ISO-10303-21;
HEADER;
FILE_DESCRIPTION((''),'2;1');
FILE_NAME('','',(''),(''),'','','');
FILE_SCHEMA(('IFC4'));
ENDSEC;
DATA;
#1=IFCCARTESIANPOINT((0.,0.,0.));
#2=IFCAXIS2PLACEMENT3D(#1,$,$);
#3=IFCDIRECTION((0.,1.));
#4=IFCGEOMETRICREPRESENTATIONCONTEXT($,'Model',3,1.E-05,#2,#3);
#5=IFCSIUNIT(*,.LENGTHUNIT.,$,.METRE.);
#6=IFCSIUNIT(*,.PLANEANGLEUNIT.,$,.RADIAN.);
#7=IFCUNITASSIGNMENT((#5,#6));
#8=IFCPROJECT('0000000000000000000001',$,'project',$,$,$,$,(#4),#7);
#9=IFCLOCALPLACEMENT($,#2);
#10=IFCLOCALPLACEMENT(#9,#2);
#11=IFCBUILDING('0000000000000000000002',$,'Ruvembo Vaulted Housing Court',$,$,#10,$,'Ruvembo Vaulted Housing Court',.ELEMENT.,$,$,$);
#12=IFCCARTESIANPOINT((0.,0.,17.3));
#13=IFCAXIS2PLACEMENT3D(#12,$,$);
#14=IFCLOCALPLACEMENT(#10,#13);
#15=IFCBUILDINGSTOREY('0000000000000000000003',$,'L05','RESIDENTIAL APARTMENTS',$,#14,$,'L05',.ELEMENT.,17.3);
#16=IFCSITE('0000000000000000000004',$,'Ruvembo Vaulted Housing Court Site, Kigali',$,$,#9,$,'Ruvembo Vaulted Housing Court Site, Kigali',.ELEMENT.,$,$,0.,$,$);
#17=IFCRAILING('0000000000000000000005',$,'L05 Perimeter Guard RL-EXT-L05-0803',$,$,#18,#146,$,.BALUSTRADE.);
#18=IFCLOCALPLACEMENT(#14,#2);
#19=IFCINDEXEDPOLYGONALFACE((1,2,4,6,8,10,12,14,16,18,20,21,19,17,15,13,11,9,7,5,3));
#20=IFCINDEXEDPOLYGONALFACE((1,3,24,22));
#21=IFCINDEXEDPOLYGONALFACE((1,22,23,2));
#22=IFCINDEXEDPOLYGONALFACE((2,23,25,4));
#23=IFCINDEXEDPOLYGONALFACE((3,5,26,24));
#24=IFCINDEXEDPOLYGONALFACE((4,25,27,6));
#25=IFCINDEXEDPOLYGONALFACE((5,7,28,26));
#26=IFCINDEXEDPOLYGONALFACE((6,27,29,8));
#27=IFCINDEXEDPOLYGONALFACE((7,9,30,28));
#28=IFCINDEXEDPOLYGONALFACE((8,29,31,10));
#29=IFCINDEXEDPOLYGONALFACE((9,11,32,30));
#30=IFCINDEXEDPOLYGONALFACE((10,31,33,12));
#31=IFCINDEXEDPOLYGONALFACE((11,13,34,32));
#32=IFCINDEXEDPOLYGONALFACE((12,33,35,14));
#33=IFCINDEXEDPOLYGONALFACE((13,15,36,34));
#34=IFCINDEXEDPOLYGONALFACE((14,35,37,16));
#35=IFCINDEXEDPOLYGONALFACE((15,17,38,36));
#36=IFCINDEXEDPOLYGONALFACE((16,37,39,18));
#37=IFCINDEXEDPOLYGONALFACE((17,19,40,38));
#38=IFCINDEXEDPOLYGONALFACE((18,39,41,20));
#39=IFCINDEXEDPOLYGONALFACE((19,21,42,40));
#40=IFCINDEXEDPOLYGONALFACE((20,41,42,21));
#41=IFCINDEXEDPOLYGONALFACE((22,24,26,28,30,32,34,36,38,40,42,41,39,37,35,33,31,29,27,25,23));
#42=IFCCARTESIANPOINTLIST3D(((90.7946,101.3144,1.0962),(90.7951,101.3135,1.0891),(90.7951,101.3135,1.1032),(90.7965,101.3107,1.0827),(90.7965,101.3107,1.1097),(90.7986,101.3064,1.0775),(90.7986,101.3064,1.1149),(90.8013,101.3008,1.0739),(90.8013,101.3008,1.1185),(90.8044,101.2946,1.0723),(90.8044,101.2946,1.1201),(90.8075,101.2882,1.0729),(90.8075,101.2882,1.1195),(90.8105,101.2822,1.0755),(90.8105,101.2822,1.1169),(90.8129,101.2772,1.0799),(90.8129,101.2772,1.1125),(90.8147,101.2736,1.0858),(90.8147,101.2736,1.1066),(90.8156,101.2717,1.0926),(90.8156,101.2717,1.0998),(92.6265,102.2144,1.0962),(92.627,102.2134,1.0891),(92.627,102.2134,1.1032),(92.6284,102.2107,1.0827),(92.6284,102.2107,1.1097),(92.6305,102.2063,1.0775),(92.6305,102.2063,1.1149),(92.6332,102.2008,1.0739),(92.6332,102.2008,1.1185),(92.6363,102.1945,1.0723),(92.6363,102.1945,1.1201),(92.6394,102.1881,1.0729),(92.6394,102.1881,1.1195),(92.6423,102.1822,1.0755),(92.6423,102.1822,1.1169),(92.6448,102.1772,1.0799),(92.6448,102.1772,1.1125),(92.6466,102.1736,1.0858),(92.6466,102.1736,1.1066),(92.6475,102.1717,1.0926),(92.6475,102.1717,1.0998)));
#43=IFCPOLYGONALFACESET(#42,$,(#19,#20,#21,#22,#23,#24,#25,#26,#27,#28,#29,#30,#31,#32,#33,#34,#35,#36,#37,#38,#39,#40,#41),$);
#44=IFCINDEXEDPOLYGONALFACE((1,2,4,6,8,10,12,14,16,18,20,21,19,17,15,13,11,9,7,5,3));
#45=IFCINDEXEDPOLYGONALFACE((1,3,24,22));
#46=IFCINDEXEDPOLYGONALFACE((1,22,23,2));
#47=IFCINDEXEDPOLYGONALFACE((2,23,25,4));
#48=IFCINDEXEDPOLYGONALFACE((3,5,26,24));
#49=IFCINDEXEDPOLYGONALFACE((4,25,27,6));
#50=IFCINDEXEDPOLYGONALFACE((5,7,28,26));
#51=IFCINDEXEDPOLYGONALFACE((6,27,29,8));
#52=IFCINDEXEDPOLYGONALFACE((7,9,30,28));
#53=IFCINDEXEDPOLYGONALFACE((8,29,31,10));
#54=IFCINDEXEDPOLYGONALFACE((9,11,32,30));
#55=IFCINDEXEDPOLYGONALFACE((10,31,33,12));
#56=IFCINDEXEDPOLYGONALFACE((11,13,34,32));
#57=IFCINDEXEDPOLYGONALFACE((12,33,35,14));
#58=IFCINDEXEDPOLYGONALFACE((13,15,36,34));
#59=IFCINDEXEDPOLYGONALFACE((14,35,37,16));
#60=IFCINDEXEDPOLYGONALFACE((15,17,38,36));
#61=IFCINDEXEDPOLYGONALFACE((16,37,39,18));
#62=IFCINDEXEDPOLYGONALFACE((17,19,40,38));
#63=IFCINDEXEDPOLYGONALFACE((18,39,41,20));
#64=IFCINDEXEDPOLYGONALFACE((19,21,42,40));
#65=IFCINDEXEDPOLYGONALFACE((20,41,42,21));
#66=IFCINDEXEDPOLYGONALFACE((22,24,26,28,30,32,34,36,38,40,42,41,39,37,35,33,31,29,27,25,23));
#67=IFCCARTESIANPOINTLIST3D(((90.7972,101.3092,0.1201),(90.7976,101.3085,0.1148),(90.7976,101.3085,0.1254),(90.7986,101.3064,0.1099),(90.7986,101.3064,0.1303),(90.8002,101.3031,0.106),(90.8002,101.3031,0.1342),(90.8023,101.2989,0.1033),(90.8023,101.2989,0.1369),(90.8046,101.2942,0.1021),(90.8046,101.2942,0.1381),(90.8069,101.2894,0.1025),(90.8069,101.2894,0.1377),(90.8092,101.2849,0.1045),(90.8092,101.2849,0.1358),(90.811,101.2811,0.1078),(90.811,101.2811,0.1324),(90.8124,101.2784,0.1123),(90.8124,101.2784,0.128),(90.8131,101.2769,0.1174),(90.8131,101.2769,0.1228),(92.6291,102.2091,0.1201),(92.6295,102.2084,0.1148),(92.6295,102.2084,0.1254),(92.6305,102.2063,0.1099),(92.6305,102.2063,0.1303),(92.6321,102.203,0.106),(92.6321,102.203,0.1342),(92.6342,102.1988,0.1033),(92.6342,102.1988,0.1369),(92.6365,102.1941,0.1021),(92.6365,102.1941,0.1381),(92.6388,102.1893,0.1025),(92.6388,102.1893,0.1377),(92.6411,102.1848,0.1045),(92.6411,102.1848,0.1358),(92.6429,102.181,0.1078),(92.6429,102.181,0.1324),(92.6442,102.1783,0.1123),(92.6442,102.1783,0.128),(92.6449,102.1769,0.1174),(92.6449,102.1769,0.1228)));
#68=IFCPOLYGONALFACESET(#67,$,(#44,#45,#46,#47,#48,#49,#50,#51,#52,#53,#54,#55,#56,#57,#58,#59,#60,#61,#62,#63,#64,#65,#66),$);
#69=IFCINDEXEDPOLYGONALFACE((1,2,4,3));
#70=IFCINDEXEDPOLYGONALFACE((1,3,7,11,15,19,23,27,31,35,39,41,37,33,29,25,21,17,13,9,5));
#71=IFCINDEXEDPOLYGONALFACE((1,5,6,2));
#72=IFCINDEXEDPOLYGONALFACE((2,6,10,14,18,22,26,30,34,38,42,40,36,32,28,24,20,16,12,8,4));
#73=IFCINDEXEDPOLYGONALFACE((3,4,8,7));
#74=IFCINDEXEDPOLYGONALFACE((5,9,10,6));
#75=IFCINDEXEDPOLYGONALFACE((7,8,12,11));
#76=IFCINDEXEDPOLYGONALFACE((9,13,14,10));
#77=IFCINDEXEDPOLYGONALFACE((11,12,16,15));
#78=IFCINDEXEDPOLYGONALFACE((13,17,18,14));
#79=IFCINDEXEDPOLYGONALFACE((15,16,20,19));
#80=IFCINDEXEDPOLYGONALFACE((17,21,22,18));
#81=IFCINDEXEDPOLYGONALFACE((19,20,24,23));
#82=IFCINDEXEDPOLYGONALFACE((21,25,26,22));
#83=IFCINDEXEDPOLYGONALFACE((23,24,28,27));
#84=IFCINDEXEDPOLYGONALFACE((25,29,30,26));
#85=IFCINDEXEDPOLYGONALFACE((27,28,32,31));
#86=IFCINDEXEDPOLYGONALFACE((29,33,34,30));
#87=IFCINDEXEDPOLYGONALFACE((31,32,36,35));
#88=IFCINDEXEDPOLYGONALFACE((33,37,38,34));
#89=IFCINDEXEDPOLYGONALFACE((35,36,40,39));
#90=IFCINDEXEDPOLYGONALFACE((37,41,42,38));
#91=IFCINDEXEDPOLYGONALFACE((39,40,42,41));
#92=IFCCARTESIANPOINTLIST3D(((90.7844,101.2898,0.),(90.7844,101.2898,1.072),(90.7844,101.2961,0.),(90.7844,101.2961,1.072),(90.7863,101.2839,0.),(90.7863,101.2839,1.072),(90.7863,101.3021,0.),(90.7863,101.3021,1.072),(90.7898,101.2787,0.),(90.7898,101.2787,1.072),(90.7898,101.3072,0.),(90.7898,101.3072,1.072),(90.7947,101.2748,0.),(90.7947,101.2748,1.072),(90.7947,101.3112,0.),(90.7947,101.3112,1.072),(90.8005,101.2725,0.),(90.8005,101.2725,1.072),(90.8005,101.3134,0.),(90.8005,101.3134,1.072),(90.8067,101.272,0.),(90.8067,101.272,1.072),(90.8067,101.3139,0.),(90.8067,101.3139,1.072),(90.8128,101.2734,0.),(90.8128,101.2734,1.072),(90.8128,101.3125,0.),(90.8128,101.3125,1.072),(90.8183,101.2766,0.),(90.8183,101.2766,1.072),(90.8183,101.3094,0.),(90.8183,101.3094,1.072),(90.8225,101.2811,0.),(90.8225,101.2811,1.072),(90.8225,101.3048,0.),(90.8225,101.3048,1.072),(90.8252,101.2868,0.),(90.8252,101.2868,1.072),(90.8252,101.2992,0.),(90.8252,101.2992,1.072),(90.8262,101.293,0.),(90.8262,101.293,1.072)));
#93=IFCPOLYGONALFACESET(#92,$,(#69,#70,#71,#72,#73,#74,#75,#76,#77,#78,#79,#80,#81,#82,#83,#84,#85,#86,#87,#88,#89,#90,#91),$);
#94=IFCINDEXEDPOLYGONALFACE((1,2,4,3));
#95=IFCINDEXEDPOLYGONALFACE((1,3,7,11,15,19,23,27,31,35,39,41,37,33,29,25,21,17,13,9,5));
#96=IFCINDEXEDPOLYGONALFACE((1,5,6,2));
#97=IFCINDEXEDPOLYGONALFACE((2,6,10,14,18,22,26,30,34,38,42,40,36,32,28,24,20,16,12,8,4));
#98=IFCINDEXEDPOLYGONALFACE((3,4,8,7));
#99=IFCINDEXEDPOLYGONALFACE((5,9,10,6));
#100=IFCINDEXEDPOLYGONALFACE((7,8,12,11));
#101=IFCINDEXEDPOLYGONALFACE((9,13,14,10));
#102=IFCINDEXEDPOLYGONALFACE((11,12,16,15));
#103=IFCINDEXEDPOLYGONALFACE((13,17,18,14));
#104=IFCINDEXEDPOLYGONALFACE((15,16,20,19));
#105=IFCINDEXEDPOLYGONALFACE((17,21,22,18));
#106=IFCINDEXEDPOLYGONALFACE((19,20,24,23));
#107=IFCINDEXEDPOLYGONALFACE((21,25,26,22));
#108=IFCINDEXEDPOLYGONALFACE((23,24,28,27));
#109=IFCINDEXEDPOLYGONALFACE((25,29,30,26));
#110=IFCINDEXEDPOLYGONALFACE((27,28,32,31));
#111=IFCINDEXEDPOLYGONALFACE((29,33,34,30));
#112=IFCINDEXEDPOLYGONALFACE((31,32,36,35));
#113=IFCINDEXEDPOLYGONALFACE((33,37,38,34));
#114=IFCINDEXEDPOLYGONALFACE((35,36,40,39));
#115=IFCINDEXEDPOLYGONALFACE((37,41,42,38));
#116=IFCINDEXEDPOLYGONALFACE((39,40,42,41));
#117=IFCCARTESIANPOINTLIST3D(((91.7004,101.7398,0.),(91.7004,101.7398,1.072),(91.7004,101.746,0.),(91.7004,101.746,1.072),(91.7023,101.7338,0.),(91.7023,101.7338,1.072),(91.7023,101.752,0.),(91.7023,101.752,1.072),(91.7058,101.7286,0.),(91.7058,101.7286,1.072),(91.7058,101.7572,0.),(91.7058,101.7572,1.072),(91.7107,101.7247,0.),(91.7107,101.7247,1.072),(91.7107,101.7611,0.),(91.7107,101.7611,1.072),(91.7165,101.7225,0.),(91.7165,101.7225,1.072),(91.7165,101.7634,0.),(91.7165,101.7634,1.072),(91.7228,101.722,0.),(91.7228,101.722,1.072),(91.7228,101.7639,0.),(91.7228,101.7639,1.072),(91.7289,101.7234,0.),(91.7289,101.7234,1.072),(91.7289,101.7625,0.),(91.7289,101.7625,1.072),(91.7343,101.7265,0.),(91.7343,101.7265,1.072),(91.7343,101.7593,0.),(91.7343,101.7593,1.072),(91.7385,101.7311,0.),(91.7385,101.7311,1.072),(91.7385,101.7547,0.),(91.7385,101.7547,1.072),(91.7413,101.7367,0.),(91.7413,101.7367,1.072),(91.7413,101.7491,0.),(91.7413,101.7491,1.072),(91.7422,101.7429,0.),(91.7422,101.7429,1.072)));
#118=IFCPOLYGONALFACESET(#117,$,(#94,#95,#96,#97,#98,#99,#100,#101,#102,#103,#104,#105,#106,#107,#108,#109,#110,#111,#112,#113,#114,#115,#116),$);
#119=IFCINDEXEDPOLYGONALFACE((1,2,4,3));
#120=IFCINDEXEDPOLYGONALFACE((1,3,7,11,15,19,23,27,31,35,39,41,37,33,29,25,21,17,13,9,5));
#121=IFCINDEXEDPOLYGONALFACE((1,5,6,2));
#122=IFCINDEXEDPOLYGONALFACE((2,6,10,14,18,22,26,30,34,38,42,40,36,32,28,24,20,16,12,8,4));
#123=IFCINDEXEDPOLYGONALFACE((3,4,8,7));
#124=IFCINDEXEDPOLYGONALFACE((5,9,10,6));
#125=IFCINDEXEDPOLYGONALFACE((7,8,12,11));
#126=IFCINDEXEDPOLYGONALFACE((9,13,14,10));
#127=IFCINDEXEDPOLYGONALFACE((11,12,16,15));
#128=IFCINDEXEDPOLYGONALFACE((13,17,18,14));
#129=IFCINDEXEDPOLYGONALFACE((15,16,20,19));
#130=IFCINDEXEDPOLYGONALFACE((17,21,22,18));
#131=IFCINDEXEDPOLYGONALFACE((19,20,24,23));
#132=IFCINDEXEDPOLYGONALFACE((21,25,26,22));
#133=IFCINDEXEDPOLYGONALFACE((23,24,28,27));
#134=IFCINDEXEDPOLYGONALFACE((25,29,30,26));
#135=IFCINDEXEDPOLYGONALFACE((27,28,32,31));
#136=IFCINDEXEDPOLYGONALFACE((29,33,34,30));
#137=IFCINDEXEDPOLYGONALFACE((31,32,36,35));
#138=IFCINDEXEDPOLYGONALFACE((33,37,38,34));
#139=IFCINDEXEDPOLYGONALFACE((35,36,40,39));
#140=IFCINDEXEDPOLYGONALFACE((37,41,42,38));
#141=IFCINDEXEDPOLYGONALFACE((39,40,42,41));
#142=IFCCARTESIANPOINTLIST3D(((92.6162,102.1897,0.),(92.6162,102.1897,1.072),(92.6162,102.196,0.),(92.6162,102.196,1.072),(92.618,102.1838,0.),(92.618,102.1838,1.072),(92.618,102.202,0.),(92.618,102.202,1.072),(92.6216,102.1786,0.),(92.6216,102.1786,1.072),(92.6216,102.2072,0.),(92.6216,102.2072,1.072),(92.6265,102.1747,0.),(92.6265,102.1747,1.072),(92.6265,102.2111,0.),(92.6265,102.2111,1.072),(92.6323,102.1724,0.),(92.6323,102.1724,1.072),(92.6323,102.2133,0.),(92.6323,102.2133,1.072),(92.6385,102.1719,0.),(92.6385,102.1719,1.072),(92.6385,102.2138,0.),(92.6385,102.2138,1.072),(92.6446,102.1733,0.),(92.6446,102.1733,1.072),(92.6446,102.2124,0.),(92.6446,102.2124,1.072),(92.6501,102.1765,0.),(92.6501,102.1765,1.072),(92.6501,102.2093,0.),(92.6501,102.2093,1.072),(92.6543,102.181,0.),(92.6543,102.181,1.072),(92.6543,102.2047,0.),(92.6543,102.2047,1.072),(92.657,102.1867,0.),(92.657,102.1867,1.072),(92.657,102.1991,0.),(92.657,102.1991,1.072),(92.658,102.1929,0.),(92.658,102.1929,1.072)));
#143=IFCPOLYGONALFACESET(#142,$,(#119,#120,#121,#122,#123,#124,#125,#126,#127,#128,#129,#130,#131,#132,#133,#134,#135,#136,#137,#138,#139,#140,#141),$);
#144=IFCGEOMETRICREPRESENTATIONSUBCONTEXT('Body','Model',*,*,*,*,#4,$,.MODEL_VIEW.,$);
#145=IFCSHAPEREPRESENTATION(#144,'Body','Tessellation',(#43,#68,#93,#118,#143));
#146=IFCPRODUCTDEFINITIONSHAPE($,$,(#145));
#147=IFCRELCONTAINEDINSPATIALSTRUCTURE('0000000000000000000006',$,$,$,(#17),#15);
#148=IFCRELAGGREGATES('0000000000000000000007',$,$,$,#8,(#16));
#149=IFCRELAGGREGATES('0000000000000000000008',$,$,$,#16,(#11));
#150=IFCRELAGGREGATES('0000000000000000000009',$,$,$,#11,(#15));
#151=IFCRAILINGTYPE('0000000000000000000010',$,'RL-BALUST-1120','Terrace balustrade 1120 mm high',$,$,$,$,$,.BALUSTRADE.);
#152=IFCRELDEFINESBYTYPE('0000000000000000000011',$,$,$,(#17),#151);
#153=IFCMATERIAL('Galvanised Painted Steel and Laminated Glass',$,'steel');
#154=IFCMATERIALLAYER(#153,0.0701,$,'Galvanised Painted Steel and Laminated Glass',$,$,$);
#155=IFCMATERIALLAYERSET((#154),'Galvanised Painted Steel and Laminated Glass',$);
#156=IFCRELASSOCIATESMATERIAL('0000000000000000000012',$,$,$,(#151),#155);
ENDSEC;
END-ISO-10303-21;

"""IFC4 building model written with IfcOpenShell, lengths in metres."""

from ifc_helpers import new_model, si_unit, direction, frame, origin, origin_2d, place, context, subcontext, project, spatial, circle, extrude, material, layer, layer_set, type_object, element, save


model = new_model("IFC4")

# Units and contexts
model_context = context("Model", 3, precision=1e-05, world=origin(), true_north=direction((0.0, 1.0)))
body_context = subcontext(model_context, "Body", "Model", "MODEL_VIEW")
ifc_project = project(units=[si_unit("LENGTHUNIT", "METRE"), si_unit("PLANEANGLEUNIT", "RADIAN")], contexts=[model_context])

# Site, building, storey
site_placement = place(None, origin())
site = spatial("IfcSite", under=ifc_project, at=site_placement, Name="Ruvembo Vaulted Housing Court Site, Kigali", LongName="Ruvembo Vaulted Housing Court Site, Kigali", CompositionType="ELEMENT", RefElevation=0.0)
building_placement = place(site_placement, origin())
building = spatial("IfcBuilding", under=site, at=building_placement, Name="Ruvembo Vaulted Housing Court", LongName="Ruvembo Vaulted Housing Court", CompositionType="ELEMENT")
storey_placement = place(building_placement, frame((0.0, 0.0, 17.3)))
storey = spatial("IfcBuildingStorey", under=building, at=storey_placement, Name="L05", Description="RESIDENTIAL APARTMENTS", LongName="L05", CompositionType="ELEMENT", Elevation=17.3)

# Railing
ifc_material_1 = material(Name="Galvanised Painted Steel and Laminated Glass", Category="steel")
ifc_layer_1 = layer(ifc_material_1, 0.0701, Name="Galvanised Painted Steel and Laminated Glass")
ifc_layer_set_1 = layer_set([ifc_layer_1], Name="Galvanised Painted Steel and Laminated Glass")
railing_type = type_object("IfcRailingType", Name="RL-BALUST-1120", Description="Terrace balustrade 1120 mm high", PredefinedType="BALUSTRADE", material=ifc_layer_set_1)
railing_1_placement = place(storey_placement, frame((90.8052, 101.293, 0.0)))
element("IfcRailing", 1, at=railing_1_placement, inside=storey, type_object=railing_type, Name="L05 Perimeter Guard RL-EXT-L05-0803", PredefinedType="BALUSTRADE", context=body_context, shape_type="SweptSolid", body=[
    extrude(circle(Radius=0.0239, at=origin_2d()), frame((0.0, 0.0, 1.0962), z_axis=(0.897539, 0.440934, 0.0), x_axis=(-0.440934, 0.897539, 0.0)), (0.0, 0.0, 1.0), 2.041),
    extrude(circle(Radius=0.0181, at=origin_2d()), frame((0.0, 0.0, 0.1201), z_axis=(0.897539, 0.440934, 0.0), x_axis=(-0.440934, 0.897539, 0.0)), (0.0, 0.0, 1.0), 2.041),
    extrude(circle(Radius=0.021, at=origin_2d()), origin(), (0.0, 0.0, 1.0), 1.072),
    extrude(circle(Radius=0.021, at=origin_2d()), frame((0.916, 0.45, 0.0)), (0.0, 0.0, 1.0), 1.072),
    extrude(circle(Radius=0.021, at=origin_2d()), frame((1.8318, 0.8999, 0.0)), (0.0, 0.0, 1.0), 1.072),
])

save(model, "model.ifc")
